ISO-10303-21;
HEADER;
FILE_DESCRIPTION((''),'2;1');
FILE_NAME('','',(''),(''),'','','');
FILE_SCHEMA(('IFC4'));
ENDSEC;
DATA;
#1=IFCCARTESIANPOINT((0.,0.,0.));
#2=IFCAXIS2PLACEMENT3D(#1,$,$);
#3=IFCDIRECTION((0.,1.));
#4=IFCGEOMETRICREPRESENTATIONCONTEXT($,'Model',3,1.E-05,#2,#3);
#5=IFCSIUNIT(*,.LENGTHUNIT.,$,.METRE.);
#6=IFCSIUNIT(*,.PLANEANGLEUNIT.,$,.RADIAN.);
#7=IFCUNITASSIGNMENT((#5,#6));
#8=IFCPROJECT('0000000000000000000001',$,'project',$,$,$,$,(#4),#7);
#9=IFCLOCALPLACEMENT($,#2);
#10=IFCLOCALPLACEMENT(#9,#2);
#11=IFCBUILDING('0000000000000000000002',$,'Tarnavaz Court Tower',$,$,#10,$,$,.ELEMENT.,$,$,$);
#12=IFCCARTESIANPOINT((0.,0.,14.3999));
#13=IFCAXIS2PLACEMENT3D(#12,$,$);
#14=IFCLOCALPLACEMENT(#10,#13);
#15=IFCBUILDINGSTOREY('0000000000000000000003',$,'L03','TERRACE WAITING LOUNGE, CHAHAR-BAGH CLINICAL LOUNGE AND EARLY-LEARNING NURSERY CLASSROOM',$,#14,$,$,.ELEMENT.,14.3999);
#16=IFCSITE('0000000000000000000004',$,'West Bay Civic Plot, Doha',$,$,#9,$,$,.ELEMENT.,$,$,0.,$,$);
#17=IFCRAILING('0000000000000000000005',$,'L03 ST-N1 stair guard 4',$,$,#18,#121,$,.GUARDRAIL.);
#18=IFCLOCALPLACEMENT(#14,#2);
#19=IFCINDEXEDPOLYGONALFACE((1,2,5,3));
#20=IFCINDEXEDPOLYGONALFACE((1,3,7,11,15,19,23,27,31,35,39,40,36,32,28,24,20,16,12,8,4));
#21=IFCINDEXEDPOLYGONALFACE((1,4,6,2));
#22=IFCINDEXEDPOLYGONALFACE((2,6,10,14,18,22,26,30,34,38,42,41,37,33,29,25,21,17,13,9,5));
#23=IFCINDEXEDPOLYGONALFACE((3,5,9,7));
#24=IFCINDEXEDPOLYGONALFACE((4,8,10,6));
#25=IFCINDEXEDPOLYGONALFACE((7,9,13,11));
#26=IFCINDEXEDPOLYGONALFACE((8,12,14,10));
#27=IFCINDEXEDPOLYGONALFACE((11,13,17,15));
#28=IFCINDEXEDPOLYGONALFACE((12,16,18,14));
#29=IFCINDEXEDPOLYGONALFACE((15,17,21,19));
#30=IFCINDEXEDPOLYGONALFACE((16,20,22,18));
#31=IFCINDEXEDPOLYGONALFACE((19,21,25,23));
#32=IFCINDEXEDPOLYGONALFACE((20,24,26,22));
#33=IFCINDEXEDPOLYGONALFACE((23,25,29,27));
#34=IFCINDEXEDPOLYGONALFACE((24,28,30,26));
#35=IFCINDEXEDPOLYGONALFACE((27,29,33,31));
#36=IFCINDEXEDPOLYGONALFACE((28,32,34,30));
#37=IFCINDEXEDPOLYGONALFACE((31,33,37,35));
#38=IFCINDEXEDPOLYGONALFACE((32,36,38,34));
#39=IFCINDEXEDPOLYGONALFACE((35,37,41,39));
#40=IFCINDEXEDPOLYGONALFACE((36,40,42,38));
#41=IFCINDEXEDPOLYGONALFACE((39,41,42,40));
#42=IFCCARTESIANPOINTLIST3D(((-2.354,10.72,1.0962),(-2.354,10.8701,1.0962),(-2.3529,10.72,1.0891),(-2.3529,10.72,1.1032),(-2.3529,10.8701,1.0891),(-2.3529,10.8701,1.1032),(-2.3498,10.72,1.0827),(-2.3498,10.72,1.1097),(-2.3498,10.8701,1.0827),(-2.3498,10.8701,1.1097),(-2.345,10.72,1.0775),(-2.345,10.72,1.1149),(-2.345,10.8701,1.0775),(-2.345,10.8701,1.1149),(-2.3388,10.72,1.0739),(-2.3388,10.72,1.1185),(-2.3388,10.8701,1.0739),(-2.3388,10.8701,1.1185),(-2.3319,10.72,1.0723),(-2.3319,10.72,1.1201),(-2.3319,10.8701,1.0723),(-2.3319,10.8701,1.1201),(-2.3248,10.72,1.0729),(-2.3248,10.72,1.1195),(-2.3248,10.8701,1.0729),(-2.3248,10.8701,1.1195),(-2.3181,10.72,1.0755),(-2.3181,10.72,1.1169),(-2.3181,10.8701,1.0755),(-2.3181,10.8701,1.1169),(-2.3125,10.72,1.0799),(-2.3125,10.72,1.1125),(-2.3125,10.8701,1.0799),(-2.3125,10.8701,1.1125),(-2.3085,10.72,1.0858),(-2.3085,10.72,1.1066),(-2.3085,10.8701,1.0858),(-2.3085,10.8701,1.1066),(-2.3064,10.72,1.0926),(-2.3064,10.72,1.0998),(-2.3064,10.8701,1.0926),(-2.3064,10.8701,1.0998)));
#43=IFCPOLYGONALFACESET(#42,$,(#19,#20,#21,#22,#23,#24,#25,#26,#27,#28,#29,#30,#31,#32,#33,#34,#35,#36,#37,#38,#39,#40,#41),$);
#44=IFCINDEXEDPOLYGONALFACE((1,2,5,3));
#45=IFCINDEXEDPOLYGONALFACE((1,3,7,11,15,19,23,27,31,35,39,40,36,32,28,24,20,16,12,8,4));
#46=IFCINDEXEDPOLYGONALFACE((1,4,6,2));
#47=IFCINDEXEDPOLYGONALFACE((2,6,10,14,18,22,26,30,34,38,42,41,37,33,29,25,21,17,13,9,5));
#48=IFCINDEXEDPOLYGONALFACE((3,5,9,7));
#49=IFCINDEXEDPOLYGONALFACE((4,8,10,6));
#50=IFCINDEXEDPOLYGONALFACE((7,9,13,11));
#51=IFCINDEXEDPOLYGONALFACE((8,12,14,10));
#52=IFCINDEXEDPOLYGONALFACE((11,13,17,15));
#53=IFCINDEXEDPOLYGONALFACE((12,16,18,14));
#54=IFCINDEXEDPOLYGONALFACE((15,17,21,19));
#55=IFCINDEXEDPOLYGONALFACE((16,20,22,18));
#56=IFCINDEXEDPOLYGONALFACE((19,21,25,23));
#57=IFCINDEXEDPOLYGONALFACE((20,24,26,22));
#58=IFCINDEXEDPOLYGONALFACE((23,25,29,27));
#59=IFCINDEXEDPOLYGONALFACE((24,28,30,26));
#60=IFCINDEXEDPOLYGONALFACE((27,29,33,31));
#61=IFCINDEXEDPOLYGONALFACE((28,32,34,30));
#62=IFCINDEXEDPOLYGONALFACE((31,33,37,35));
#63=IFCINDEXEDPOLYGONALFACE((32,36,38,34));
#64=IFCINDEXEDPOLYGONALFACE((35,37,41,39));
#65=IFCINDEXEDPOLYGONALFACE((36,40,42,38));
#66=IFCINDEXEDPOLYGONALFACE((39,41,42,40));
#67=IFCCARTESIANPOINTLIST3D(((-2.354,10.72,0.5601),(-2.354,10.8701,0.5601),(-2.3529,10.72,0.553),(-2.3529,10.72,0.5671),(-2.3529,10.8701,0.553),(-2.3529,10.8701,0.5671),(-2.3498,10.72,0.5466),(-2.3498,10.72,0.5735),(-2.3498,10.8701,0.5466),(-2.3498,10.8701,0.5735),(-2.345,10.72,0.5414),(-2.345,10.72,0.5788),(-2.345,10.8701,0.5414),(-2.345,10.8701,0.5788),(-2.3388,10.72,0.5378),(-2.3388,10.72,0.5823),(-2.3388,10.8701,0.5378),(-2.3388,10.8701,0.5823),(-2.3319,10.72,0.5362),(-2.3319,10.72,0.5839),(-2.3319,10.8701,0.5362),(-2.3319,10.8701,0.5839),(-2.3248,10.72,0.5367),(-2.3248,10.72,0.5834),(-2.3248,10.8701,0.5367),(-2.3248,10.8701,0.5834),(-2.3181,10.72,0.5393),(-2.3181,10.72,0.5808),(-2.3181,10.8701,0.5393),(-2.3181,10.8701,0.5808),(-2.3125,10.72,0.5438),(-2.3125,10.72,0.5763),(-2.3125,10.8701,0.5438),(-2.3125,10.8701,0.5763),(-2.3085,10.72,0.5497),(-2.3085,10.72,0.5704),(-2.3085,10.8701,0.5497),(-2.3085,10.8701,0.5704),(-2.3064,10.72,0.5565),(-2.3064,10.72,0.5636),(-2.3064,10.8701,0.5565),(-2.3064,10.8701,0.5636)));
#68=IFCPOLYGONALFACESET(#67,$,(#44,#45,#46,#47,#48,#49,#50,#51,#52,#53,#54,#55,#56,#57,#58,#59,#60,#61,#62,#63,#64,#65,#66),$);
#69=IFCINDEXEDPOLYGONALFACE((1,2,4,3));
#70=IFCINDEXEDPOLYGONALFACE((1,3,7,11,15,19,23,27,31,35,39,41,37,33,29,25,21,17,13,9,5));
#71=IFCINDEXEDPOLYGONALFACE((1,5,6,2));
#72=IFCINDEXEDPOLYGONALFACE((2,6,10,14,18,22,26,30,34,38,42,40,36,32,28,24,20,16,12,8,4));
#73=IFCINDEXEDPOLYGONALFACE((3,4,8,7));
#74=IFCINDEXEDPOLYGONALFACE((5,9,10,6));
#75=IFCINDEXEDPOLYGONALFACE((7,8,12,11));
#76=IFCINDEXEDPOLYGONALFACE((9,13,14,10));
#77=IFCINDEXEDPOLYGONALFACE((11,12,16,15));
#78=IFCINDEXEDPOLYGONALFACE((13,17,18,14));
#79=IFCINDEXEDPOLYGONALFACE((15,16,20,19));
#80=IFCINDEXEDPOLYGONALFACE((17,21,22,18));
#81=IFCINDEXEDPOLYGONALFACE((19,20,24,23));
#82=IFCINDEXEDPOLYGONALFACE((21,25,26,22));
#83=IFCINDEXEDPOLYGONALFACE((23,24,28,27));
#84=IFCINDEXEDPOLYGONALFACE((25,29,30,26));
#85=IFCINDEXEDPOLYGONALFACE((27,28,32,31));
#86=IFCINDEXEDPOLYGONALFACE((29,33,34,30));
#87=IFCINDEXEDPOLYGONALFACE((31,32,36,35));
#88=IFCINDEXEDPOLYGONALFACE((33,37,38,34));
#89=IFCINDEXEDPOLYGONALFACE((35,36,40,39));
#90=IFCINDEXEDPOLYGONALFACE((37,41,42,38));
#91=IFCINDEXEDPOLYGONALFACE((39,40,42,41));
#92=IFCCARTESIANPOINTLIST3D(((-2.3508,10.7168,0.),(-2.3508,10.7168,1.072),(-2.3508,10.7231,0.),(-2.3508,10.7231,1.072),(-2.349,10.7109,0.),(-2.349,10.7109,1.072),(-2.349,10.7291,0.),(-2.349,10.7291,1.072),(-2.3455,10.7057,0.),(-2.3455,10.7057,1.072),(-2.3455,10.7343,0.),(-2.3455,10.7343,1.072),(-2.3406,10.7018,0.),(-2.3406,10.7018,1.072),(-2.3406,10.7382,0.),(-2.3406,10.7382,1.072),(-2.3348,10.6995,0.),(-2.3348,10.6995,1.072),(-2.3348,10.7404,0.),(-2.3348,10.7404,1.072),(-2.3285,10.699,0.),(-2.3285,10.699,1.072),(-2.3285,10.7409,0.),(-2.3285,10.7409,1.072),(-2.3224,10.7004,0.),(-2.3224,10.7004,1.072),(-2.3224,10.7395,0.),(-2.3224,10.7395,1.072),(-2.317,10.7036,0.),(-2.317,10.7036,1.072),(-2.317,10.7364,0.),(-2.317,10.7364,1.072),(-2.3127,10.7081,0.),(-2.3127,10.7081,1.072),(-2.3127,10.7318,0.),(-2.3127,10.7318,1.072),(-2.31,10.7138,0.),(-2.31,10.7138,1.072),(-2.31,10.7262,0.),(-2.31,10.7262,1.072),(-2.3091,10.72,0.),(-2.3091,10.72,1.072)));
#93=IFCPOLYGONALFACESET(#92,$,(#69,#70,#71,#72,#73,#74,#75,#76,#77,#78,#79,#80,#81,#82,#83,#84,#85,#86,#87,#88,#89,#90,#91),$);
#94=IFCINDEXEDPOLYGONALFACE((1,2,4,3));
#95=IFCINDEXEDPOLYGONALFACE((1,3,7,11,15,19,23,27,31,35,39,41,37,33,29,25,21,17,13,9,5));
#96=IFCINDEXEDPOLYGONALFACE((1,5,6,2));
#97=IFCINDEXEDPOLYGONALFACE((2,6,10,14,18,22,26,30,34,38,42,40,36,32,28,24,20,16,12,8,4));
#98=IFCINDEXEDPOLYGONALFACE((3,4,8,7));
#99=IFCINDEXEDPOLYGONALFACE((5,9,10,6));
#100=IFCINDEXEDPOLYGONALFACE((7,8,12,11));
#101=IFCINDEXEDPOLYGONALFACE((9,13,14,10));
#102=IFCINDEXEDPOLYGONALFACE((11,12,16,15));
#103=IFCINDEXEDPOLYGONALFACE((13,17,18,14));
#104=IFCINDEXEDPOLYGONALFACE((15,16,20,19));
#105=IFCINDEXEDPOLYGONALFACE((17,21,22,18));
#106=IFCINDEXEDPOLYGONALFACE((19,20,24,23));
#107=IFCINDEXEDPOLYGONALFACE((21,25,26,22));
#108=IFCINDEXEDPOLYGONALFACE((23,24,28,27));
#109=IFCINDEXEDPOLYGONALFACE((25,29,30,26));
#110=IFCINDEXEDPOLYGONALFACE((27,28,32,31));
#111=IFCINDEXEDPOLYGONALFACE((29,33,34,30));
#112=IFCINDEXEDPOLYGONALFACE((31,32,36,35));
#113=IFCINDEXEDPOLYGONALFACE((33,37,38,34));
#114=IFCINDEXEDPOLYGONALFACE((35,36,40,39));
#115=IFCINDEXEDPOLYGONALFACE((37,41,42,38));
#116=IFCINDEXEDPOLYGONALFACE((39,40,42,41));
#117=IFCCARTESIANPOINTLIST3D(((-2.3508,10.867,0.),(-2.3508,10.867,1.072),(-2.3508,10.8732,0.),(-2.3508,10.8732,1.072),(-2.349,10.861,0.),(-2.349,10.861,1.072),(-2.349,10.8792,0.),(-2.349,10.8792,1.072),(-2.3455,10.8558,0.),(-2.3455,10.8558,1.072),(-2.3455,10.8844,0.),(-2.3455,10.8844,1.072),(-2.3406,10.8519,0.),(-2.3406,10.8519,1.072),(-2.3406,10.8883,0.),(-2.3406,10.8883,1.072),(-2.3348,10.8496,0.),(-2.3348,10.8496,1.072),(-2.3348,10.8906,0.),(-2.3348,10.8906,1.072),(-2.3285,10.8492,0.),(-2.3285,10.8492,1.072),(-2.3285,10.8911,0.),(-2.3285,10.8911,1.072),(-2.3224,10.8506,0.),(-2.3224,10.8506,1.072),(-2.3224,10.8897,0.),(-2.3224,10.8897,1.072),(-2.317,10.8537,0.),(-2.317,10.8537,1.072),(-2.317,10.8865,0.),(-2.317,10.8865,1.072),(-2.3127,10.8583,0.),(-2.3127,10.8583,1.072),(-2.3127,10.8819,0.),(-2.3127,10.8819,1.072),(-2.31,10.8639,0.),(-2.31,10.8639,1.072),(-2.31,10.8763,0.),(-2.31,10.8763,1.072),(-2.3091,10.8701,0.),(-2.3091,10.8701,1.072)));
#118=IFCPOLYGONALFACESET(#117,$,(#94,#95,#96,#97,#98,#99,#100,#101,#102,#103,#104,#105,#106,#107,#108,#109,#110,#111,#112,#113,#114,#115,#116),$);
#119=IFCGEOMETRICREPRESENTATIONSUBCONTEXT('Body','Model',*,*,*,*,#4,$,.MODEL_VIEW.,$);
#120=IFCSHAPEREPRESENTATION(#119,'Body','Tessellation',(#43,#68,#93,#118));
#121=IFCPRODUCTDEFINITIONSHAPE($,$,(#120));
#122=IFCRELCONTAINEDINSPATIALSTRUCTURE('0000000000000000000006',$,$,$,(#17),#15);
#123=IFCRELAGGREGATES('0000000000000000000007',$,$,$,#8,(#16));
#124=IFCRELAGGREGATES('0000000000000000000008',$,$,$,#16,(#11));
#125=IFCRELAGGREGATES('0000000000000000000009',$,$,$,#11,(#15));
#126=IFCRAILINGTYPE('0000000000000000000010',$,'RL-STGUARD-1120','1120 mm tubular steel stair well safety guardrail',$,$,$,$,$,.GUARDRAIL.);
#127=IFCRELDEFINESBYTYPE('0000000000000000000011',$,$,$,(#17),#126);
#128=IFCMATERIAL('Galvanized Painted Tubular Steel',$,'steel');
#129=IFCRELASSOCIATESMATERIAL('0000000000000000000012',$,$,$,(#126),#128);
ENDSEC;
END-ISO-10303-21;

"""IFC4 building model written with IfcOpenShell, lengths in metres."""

from ifc_helpers import new_model, si_unit, direction, frame, origin, origin_2d, place, context, subcontext, project, spatial, circle, extrude, material, type_object, element, save


model = new_model("IFC4")

# Units and contexts
model_context = context("Model", 3, precision=1e-05, world=origin(), true_north=direction((0.0, 1.0)))
body_context = subcontext(model_context, "Body", "Model", "MODEL_VIEW")
ifc_project = project(units=[si_unit("LENGTHUNIT", "METRE"), si_unit("PLANEANGLEUNIT", "RADIAN")], contexts=[model_context])

# Site, building, storey
site_placement = place(None, origin())
site = spatial("IfcSite", under=ifc_project, at=site_placement, Name="West Bay Civic Plot, Doha", CompositionType="ELEMENT", RefElevation=0.0)
building_placement = place(site_placement, origin())
building = spatial("IfcBuilding", under=site, at=building_placement, Name="Tarnavaz Court Tower", CompositionType="ELEMENT")
storey_placement = place(building_placement, frame((0.0, 0.0, 14.3999)))
storey = spatial("IfcBuildingStorey", under=building, at=storey_placement, Name="L03", Description="TERRACE WAITING LOUNGE, CHAHAR-BAGH CLINICAL LOUNGE AND EARLY-LEARNING NURSERY CLASSROOM", CompositionType="ELEMENT", Elevation=14.3999)

# Railing
ifc_material_1 = material(Name="Galvanized Painted Tubular Steel", Category="steel")
railing_type_1 = type_object("IfcRailingType", Name="RL-STGUARD-1120", Description="1120 mm tubular steel stair well safety guardrail", PredefinedType="GUARDRAIL", material=ifc_material_1)
railing_1_placement = place(storey_placement, frame((-2.3301, 10.72, 0.0)))
element("IfcRailing", 1, at=railing_1_placement, inside=storey, type_object=railing_type_1, Name="L03 ST-N1 stair guard 4", PredefinedType="GUARDRAIL", context=body_context, shape_type="SweptSolid", body=[
    extrude(circle(Radius=0.0239, at=origin_2d()), frame((0.0, 0.0, 1.0962), z_axis=(0.0, 1.0, 0.0), x_axis=(-1.0, 0.0, 0.0)), (0.0, 0.0, 1.0), 0.1501),
    extrude(circle(Radius=0.0239, at=origin_2d()), frame((0.0, 0.0, 0.5601), z_axis=(0.0, 1.0, 0.0), x_axis=(-1.0, 0.0, 0.0)), (0.0, 0.0, 1.0), 0.1501),
    extrude(circle(Radius=0.021, at=origin_2d()), origin(), (0.0, 0.0, 1.0), 1.072),
    extrude(circle(Radius=0.021, at=origin_2d()), frame((0.0, 0.1501, 0.0)), (0.0, 0.0, 1.0), 1.072),
])

save(model, "model.ifc")
